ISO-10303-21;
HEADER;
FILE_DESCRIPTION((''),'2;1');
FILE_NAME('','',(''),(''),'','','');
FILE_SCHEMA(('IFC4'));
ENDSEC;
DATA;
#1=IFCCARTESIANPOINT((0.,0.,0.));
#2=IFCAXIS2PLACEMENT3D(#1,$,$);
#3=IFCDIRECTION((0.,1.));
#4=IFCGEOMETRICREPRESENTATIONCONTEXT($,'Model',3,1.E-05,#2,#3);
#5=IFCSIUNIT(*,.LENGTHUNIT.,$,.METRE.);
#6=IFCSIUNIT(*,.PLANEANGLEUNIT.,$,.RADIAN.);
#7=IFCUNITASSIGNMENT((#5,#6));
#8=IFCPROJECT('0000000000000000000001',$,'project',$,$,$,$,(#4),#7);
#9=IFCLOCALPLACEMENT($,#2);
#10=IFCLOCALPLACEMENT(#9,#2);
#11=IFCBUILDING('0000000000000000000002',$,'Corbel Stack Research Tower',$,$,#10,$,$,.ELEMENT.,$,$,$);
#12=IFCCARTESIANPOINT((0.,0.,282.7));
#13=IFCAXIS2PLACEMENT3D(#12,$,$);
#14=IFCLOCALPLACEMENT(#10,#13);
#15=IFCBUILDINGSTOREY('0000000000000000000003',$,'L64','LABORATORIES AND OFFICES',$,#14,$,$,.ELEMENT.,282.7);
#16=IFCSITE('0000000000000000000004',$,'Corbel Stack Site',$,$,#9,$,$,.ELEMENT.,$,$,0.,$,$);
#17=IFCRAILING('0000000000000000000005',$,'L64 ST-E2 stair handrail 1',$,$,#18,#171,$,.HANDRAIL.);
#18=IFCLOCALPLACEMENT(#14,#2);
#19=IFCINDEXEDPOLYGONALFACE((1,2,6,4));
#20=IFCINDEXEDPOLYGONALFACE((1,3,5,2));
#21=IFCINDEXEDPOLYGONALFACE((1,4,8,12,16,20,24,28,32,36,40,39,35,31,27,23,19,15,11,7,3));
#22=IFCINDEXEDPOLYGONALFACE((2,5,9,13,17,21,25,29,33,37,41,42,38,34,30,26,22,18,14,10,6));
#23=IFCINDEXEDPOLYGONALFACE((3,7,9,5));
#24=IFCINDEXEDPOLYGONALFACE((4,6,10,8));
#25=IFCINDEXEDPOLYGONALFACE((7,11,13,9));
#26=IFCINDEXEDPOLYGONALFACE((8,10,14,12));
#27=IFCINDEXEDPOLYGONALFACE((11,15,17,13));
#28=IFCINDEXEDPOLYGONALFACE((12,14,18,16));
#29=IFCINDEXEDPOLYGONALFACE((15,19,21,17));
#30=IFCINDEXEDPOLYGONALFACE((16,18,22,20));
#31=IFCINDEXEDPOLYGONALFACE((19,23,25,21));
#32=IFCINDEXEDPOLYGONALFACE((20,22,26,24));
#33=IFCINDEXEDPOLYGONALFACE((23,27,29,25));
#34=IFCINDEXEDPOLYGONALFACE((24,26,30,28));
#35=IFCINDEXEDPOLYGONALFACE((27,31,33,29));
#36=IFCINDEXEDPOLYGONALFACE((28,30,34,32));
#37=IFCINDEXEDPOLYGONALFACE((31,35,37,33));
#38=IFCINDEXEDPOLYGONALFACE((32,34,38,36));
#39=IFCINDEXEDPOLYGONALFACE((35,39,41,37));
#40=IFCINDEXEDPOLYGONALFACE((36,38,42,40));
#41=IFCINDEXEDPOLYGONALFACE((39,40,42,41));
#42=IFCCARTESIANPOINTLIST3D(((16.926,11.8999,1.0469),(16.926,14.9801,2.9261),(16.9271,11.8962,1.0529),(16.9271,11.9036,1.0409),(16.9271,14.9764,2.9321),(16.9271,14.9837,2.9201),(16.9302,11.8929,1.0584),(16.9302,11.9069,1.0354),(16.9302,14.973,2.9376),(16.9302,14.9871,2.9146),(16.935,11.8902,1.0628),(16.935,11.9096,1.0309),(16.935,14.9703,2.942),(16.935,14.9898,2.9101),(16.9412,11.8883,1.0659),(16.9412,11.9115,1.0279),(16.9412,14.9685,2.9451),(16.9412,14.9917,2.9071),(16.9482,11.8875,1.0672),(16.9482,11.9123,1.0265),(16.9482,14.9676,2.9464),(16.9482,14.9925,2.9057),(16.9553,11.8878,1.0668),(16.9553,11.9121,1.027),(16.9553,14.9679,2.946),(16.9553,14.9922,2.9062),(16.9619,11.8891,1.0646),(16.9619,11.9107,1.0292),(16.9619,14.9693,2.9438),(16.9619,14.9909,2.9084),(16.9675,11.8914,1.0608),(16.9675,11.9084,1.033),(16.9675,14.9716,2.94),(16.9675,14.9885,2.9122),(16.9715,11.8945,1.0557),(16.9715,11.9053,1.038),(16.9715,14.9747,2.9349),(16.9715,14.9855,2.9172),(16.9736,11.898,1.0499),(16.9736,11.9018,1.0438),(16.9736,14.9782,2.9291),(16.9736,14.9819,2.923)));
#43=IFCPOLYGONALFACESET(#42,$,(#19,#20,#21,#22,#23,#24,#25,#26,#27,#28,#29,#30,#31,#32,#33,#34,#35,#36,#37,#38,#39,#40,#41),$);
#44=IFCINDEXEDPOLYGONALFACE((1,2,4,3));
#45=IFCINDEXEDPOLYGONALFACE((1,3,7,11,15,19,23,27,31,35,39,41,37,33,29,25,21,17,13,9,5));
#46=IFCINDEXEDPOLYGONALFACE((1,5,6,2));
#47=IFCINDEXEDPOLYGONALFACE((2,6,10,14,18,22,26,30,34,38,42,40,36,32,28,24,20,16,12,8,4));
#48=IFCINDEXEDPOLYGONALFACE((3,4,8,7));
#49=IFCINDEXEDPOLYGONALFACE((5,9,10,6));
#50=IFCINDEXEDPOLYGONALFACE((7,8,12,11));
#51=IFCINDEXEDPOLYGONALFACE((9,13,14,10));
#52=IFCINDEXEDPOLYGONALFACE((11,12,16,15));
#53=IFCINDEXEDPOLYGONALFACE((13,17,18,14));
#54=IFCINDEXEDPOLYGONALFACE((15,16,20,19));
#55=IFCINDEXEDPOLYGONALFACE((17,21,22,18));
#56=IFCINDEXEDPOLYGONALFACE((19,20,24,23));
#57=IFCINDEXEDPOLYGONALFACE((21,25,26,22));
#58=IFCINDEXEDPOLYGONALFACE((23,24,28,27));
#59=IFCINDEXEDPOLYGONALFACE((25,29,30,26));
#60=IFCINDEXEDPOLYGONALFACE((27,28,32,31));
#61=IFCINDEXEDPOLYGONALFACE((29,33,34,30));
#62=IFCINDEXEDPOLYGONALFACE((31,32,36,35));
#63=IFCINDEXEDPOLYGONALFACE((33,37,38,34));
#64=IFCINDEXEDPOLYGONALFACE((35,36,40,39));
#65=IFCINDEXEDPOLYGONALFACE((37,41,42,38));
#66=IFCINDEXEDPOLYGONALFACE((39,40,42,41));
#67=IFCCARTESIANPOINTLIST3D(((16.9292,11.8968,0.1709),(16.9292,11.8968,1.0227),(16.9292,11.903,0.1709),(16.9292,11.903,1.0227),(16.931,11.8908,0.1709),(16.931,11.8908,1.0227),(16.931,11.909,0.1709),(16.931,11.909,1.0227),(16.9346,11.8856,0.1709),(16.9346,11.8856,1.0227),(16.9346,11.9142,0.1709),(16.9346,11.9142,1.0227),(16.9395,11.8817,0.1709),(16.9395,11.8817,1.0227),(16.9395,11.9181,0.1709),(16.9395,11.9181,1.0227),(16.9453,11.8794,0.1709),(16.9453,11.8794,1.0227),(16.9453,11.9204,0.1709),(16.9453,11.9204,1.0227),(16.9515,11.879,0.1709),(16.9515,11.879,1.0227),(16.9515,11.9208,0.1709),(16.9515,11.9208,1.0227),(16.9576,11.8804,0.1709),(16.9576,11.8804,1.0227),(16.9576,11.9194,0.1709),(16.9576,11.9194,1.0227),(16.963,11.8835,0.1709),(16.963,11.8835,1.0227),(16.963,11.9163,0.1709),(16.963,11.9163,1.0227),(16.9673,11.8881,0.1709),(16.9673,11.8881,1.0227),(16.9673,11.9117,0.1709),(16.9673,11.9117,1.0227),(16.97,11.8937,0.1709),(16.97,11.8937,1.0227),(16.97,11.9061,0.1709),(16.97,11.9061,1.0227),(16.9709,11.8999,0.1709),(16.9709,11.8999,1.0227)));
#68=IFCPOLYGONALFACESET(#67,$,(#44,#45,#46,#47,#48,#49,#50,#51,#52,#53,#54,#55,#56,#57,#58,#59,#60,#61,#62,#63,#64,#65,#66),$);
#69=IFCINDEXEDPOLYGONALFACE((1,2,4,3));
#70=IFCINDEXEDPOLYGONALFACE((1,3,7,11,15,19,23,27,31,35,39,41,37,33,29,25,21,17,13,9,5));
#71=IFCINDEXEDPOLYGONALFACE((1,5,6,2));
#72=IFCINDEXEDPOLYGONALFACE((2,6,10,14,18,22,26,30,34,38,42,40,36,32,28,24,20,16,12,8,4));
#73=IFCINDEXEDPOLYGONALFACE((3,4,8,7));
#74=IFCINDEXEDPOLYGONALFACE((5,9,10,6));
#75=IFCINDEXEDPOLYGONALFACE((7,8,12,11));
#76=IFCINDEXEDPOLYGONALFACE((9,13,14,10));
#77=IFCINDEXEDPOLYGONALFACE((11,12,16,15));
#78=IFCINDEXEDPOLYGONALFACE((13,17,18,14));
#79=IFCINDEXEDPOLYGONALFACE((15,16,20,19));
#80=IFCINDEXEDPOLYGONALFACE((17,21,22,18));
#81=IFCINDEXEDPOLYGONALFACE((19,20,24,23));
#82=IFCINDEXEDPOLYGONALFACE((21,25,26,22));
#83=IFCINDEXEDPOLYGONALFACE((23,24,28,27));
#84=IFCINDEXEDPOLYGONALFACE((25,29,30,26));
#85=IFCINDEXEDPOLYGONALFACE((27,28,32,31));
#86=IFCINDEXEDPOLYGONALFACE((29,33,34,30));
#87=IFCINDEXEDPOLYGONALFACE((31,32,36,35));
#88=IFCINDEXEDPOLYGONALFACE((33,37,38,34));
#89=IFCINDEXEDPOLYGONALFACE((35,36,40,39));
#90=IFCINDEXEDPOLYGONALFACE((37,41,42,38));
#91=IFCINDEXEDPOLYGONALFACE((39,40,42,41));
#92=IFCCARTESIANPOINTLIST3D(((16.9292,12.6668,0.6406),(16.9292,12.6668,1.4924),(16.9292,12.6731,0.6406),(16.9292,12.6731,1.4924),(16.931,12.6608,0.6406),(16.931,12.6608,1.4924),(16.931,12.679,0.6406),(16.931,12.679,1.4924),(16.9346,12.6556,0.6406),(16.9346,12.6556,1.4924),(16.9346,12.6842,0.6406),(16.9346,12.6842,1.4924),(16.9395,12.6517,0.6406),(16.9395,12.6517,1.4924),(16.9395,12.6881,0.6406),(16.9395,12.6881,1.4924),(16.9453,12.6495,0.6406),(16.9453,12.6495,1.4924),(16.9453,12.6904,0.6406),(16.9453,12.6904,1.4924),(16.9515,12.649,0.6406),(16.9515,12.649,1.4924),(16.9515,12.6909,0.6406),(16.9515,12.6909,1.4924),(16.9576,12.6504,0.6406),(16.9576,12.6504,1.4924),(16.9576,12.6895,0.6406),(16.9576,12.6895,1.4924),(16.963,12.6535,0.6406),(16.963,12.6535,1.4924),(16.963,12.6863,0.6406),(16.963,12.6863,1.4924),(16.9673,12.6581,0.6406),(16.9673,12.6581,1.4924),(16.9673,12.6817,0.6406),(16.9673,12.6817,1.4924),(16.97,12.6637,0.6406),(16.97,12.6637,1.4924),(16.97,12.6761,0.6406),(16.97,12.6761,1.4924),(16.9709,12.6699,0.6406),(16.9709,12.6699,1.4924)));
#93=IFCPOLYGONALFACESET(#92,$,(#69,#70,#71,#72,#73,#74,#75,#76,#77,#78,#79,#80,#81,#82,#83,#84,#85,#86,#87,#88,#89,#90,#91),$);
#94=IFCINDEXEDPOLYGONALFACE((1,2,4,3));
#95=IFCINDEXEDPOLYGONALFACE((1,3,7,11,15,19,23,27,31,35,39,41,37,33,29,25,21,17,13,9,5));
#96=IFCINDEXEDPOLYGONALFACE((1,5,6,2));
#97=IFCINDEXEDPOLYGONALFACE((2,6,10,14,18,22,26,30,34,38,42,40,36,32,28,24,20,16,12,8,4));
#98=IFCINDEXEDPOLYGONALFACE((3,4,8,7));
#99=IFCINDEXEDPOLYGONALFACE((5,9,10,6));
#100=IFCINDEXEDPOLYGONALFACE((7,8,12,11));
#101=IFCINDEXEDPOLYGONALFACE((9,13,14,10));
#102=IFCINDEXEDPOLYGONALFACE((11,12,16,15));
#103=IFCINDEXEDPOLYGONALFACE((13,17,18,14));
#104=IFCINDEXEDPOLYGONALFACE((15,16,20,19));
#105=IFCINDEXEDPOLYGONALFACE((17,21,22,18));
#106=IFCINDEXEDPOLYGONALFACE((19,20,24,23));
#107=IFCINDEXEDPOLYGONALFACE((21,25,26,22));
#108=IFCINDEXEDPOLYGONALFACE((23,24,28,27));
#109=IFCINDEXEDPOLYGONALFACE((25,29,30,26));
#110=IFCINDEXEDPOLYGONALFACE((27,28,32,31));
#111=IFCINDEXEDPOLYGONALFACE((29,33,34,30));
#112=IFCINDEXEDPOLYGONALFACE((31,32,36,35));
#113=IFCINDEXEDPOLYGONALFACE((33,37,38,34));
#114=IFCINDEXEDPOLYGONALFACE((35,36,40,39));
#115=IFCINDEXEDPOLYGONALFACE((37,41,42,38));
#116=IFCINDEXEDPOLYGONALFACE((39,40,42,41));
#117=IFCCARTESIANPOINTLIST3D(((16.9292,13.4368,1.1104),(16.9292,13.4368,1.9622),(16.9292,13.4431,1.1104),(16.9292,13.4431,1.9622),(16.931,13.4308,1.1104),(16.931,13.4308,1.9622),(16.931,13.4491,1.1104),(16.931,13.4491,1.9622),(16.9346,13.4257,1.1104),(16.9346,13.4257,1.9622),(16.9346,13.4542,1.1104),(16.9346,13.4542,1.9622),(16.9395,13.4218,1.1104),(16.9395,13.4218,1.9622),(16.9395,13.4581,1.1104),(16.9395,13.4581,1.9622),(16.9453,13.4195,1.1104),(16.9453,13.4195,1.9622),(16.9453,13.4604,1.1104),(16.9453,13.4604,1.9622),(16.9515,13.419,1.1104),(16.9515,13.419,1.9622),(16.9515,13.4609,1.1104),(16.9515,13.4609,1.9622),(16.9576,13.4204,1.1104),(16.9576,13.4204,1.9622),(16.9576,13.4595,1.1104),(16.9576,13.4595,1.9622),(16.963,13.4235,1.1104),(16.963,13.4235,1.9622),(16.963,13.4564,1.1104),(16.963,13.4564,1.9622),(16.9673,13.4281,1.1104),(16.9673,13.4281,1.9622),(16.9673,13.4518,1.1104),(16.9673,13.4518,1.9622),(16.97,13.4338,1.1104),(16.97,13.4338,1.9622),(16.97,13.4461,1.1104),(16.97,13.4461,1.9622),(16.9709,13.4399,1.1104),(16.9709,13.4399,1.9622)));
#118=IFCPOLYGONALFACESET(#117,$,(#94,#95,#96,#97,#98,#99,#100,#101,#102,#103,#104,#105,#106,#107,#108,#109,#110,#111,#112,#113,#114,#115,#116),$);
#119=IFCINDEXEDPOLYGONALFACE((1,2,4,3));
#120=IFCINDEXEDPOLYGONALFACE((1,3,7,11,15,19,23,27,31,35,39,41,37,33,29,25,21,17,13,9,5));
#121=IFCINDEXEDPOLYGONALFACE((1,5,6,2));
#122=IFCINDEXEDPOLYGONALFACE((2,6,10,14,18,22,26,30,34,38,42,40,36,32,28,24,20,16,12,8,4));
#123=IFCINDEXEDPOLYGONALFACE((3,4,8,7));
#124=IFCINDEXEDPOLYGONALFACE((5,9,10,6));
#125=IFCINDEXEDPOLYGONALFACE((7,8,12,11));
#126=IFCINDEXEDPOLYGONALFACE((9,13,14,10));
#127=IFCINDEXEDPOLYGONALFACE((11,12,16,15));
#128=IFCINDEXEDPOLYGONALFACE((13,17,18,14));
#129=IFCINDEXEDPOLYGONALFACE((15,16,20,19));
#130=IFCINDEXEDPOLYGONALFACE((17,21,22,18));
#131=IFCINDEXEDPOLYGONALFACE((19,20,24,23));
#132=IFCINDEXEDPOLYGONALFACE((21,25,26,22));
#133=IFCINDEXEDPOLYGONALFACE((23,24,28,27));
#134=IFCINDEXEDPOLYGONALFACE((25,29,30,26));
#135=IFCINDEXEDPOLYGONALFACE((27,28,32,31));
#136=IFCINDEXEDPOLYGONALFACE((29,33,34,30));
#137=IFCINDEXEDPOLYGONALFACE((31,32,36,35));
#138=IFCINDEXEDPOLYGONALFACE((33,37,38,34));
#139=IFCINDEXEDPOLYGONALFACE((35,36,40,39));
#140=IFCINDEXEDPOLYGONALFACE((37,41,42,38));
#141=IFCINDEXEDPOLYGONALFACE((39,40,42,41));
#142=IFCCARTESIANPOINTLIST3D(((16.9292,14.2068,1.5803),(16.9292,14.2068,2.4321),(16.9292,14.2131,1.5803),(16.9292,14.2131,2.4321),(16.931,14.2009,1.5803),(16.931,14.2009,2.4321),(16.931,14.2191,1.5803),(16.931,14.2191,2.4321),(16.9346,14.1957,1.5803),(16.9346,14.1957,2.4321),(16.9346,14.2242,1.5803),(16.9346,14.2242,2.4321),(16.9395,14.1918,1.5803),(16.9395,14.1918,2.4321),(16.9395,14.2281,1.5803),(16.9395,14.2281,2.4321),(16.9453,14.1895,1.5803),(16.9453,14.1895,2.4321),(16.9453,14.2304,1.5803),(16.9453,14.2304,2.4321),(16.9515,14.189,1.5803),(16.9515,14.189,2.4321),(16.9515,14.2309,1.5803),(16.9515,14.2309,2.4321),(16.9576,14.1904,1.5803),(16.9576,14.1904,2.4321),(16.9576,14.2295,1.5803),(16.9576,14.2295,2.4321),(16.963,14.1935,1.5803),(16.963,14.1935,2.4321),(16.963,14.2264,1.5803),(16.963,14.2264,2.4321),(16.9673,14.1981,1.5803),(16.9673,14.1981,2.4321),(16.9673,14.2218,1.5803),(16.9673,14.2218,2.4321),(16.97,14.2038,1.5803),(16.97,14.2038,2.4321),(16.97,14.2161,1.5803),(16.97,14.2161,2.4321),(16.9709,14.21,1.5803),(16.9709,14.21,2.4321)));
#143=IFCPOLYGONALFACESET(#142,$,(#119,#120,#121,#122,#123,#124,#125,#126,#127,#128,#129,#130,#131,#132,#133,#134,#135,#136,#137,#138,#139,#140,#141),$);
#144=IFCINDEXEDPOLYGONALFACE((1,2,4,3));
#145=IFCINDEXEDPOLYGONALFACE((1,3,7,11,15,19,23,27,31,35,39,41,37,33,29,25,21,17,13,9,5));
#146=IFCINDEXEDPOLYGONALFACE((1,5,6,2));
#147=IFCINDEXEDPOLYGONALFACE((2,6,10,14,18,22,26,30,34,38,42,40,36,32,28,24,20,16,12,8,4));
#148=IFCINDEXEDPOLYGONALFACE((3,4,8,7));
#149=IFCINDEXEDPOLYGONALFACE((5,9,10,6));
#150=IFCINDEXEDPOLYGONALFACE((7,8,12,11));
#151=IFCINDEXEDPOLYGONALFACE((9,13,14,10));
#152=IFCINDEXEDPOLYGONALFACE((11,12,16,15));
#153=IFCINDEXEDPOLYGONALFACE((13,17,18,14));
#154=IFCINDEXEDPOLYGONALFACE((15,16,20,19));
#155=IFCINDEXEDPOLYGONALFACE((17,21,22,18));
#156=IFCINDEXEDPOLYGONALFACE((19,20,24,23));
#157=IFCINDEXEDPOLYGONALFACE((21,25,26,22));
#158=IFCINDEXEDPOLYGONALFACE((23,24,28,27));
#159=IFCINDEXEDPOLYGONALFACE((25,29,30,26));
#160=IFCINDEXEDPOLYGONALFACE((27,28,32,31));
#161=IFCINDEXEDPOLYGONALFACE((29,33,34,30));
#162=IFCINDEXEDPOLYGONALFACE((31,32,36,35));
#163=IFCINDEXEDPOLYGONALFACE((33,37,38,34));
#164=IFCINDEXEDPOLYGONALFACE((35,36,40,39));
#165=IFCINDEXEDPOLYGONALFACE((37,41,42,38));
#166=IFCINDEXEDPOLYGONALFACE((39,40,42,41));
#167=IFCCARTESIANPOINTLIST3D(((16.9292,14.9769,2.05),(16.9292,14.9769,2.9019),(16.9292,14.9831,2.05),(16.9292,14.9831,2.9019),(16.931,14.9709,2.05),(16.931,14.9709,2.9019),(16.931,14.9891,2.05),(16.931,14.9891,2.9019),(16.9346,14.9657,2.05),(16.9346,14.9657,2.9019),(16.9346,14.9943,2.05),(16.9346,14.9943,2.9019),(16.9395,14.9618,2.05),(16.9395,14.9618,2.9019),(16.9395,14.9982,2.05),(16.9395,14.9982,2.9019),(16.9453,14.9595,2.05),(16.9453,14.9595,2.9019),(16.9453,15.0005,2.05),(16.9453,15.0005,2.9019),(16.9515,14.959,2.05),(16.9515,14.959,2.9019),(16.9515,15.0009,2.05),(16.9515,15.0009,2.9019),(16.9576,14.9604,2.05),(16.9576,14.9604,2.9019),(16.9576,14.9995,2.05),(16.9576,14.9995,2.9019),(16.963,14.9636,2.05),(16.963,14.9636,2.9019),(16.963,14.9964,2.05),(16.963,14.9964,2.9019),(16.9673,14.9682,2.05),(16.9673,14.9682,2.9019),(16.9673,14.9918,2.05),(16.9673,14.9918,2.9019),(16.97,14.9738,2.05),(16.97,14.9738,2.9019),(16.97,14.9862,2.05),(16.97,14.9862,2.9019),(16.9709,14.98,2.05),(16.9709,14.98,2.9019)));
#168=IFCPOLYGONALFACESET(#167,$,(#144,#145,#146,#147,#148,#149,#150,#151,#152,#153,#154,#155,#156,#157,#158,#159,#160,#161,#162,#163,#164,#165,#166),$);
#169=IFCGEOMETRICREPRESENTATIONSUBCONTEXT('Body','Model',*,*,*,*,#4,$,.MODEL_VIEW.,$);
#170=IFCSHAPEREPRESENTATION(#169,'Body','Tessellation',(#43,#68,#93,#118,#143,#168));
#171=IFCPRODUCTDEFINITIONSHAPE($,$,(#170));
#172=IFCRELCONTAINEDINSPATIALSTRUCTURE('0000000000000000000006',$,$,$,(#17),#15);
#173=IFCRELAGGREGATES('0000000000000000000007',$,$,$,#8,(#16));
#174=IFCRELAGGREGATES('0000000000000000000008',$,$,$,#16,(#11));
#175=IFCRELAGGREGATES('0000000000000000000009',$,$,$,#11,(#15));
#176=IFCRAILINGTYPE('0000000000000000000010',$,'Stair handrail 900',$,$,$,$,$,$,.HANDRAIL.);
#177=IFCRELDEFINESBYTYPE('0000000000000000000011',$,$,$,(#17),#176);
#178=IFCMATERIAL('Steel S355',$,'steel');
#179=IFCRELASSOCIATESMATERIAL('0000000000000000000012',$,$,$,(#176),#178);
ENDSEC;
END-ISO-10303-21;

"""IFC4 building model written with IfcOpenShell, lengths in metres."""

from ifc_helpers import new_model, si_unit, direction, frame, origin, origin_2d, place, context, subcontext, project, spatial, circle, extrude, material, type_object, element, save


model = new_model("IFC4")

# Units and contexts
model_context = context("Model", 3, precision=1e-05, world=origin(), true_north=direction((0.0, 1.0)))
body_context = subcontext(model_context, "Body", "Model", "MODEL_VIEW")
ifc_project = project(units=[si_unit("LENGTHUNIT", "METRE"), si_unit("PLANEANGLEUNIT", "RADIAN")], contexts=[model_context])

# Site, building, storey
site_placement = place(None, origin())
site = spatial("IfcSite", under=ifc_project, at=site_placement, Name="Corbel Stack Site", CompositionType="ELEMENT", RefElevation=0.0)
building_placement = place(site_placement, origin())
building = spatial("IfcBuilding", under=site, at=building_placement, Name="Corbel Stack Research Tower", CompositionType="ELEMENT")
storey_placement = place(building_placement, frame((0.0, 0.0, 282.7)))
storey = spatial("IfcBuildingStorey", under=building, at=storey_placement, Name="L64", Description="LABORATORIES AND OFFICES", CompositionType="ELEMENT", Elevation=282.7)

# Railing
ifc_material_1 = material(Name="Steel S355", Category="steel")
railing_type_1 = type_object("IfcRailingType", Name="Stair handrail 900", PredefinedType="HANDRAIL", material=ifc_material_1)
railing_1_placement = place(storey_placement, frame((16.95, 11.8999, 0.1709)))
element("IfcRailing", 1, at=railing_1_placement, inside=storey, type_object=railing_type_1, Name="L64 ST-E2 stair handrail 1", PredefinedType="HANDRAIL", context=body_context, shape_type="SweptSolid", body=[
    extrude(circle(Radius=0.0239, at=origin_2d()), frame((0.0, 0.0, 0.876), z_axis=(0.0, 0.853666, 0.52082), x_axis=(-1.0, 0.0, 0.0)), (0.0, 0.0, 1.0), 3.6082),
    extrude(circle(Radius=0.021, at=origin_2d()), origin(), (0.0, 0.0, 1.0), 0.8518),
    extrude(circle(Radius=0.021, at=origin_2d()), frame((0.0, 0.77, 0.4697)), (0.0, 0.0, 1.0), 0.8518),
    extrude(circle(Radius=0.021, at=origin_2d()), frame((0.0, 1.54, 0.9395)), (0.0, 0.0, 1.0), 0.8518),
    extrude(circle(Radius=0.021, at=origin_2d()), frame((0.0, 2.3101, 1.4094)), (0.0, 0.0, 1.0), 0.8518),
    extrude(circle(Radius=0.021, at=origin_2d()), frame((0.0, 3.0801, 1.8792)), (0.0, 0.0, 1.0), 0.8518),
])

save(model, "model.ifc")
